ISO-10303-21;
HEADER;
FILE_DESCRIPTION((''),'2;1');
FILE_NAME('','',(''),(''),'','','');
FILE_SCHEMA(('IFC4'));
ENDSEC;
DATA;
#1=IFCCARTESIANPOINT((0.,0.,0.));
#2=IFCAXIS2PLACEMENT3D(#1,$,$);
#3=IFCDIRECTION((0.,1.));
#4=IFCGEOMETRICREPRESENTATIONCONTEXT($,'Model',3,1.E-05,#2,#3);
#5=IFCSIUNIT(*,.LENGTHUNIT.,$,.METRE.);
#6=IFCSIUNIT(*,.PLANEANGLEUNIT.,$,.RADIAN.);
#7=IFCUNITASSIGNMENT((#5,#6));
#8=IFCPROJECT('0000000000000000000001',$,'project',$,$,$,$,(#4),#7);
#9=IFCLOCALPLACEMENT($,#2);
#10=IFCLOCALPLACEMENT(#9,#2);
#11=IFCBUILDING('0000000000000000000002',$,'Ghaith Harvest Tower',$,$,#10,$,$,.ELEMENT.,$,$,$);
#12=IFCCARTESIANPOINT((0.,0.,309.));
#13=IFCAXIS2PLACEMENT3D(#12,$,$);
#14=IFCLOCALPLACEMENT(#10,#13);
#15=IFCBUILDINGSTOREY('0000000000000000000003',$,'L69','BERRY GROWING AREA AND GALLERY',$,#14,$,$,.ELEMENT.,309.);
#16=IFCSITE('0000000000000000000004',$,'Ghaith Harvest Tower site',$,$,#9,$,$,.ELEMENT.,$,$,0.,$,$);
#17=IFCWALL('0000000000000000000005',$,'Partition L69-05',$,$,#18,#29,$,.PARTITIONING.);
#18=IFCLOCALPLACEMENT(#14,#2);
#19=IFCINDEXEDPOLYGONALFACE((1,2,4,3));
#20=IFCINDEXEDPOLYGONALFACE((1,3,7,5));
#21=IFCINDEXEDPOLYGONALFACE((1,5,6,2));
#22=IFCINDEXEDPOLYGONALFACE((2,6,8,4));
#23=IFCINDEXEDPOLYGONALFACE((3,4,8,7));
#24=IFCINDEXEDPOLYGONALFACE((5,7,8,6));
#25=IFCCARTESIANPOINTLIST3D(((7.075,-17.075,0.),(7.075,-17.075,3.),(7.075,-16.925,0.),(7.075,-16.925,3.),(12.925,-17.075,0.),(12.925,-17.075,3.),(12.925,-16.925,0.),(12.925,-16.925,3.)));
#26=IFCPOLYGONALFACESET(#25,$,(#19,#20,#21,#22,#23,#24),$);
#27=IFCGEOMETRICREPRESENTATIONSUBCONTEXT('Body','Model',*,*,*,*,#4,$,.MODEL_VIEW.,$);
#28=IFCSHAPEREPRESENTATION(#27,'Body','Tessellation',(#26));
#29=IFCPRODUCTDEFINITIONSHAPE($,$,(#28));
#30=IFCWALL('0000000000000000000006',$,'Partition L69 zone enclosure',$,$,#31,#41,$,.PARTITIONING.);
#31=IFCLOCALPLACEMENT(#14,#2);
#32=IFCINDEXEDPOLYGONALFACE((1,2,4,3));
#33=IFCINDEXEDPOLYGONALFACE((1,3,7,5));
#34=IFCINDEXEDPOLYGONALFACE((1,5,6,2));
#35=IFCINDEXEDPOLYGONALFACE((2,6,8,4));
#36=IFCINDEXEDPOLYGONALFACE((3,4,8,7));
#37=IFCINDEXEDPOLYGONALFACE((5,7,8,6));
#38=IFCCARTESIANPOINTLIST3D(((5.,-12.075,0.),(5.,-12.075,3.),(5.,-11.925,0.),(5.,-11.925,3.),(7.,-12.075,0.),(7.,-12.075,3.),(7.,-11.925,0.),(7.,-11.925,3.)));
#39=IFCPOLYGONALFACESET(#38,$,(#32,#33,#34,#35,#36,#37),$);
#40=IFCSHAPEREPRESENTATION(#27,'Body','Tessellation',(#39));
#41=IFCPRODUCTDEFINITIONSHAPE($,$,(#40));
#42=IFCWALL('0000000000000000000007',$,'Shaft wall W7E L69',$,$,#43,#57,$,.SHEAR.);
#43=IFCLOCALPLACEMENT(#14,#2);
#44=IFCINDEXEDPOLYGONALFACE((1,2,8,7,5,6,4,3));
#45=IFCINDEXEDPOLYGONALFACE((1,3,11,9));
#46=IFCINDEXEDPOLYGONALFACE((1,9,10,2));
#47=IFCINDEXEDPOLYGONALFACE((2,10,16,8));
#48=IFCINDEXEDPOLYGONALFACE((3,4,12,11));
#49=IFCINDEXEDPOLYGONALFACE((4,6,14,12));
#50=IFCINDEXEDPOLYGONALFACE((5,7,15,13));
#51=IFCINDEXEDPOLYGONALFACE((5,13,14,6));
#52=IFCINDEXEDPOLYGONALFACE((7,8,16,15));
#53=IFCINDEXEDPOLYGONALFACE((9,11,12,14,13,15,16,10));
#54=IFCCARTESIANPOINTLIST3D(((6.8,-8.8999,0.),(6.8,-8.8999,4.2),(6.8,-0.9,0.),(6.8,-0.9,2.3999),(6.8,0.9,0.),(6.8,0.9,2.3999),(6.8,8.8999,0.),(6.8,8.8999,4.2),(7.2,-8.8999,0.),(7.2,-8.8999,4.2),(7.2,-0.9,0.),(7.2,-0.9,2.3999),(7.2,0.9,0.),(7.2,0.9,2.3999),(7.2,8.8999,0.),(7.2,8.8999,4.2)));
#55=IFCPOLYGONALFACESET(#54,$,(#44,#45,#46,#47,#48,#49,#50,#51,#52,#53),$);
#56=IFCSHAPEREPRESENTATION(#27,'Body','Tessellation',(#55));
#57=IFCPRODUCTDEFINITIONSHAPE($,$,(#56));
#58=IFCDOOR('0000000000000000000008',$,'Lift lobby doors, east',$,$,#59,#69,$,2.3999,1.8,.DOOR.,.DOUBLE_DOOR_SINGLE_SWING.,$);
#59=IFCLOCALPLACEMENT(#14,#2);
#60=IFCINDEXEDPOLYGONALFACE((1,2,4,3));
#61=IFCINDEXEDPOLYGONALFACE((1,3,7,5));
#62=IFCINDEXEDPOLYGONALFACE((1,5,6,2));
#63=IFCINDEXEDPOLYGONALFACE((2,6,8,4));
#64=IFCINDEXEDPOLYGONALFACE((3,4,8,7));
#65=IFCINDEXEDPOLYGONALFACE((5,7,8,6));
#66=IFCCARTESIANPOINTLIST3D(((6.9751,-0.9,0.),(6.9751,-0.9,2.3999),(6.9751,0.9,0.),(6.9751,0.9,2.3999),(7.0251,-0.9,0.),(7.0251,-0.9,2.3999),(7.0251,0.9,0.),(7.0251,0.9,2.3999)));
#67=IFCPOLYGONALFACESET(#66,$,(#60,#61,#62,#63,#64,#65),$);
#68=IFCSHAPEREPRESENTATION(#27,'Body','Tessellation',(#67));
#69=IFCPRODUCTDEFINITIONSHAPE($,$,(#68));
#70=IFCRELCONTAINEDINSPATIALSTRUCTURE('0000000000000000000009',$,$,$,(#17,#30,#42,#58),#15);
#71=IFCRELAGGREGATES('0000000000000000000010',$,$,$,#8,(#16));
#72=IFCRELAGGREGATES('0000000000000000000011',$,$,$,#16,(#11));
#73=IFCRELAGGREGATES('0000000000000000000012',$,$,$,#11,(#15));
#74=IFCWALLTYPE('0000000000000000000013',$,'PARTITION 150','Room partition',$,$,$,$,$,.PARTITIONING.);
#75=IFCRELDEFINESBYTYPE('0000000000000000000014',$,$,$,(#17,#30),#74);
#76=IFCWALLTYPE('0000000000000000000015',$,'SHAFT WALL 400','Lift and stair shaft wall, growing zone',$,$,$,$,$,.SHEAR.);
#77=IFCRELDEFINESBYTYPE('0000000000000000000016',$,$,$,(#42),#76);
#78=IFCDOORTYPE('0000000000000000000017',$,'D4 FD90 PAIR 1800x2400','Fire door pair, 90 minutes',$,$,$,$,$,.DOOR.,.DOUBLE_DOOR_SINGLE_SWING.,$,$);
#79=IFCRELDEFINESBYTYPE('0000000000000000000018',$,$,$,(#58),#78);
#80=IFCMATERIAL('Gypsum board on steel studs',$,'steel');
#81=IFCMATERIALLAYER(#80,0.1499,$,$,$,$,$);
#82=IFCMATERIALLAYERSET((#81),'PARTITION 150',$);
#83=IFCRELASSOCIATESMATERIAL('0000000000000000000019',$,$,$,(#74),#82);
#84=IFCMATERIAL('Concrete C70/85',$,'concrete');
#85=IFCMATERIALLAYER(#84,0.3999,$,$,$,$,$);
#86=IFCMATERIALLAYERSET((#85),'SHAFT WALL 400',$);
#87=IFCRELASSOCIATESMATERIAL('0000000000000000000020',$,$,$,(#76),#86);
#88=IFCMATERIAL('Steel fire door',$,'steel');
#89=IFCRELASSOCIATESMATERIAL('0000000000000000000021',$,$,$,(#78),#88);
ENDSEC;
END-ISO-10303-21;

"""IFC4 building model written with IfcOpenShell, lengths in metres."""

from ifc_helpers import new_model, si_unit, direction, frame, frame_2d, origin, place, context, subcontext, project, spatial, rectangle, extrude, material, layer, layer_set, type_object, element, fill, save


model = new_model("IFC4")

# Units and contexts
model_context = context("Model", 3, precision=1e-05, world=origin(), true_north=direction((0.0, 1.0)))
body_context = subcontext(model_context, "Body", "Model", "MODEL_VIEW")
ifc_project = project(units=[si_unit("LENGTHUNIT", "METRE"), si_unit("PLANEANGLEUNIT", "RADIAN")], contexts=[model_context])

# Site, building, storey
site_placement = place(None, origin())
site = spatial("IfcSite", under=ifc_project, at=site_placement, Name="Ghaith Harvest Tower site", CompositionType="ELEMENT", RefElevation=0.0)
building_placement = place(site_placement, origin())
building = spatial("IfcBuilding", under=site, at=building_placement, Name="Ghaith Harvest Tower", CompositionType="ELEMENT")
storey_placement = place(building_placement, frame((0.0, 0.0, 309.0)))
storey = spatial("IfcBuildingStorey", under=building, at=storey_placement, Name="L69", Description="BERRY GROWING AREA AND GALLERY", CompositionType="ELEMENT", Elevation=309.0)

# Shared definitions
ifc_material_1 = material(Name="Gypsum board on steel studs", Category="steel")
ifc_layer_1 = layer(ifc_material_1, 0.1499)
ifc_layer_set_1 = layer_set([ifc_layer_1], Name="PARTITION 150")
wall_type_1 = type_object("IfcWallType", Name="PARTITION 150", Description="Room partition", PredefinedType="PARTITIONING", material=ifc_layer_set_1)

# Walls
wall_1_placement = place(storey_placement, frame((7.075, -17.0, 0.0), z_axis=(0.0, 0.0, 1.0), x_axis=(1.0, 0.0, 0.0)))
element("IfcWall", 1, at=wall_1_placement, inside=storey, type_object=wall_type_1, Name="Partition L69-05", PredefinedType="PARTITIONING", context=body_context, shape_type="SweptSolid", body=[
    extrude(rectangle(XDim=5.8501, YDim=0.1499, at=frame_2d((2.925, 0.0))), origin(), (0.0, 0.0, 1.0), 3.0),
])
wall_2_placement = place(storey_placement, frame((5.0, -12.0, 0.0), z_axis=(0.0, 0.0, 1.0), x_axis=(1.0, 0.0, 0.0)))
element("IfcWall", 2, at=wall_2_placement, inside=storey, type_object=wall_type_1, Name="Partition L69 zone enclosure", PredefinedType="PARTITIONING", context=body_context, shape_type="SweptSolid", body=[
    extrude(rectangle(XDim=2.0, YDim=0.1499, at=frame_2d((1.0, 0.0))), origin(), (0.0, 0.0, 1.0), 3.0),
])

# Wall, opening, door
ifc_material_2 = material(Name="Concrete C70/85", Category="concrete")
ifc_layer_2 = layer(ifc_material_2, 0.3999)
ifc_layer_set_2 = layer_set([ifc_layer_2], Name="SHAFT WALL 400")
wall_type_2 = type_object("IfcWallType", Name="SHAFT WALL 400", Description="Lift and stair shaft wall, growing zone", PredefinedType="SHEAR", material=ifc_layer_set_2)
wall_3_placement = place(storey_placement, frame((7.0, -8.8999, 0.0), z_axis=(0.0, 0.0, 1.0), x_axis=(0.0, 1.0, 0.0)))
wall_3 = element("IfcWall", 3, at=wall_3_placement, inside=storey, type_object=wall_type_2, Name="Shaft wall W7E L69", PredefinedType="SHEAR", context=body_context, shape_type="SweptSolid", body=[
    extrude(rectangle(XDim=17.7998, YDim=0.3999, at=frame_2d((8.8999, 0.0))), origin(), (0.0, 0.0, 1.0), 4.2),
])
opening_1_placement = place(wall_3_placement, frame((8.0, 0.0, 0.0)))
opening_1 = element("IfcOpeningElement", 4, at=opening_1_placement, cuts=wall_3, PredefinedType="OPENING", context=body_context, shape_type="SweptSolid", body=[
    extrude(rectangle(XDim=1.8, YDim=2.3999, at=frame_2d((0.8999, 1.2))), frame((0.0, 0.21, 0.0), z_axis=(0.0, -1.0, 0.0), x_axis=(1.0, 0.0, 0.0)), (0.0, 0.0, 1.0), 0.4199),
])
ifc_material_3 = material(Name="Steel fire door", Category="steel")
door_type_1 = type_object("IfcDoorType", Name="D4 FD90 PAIR 1800x2400", Description="Fire door pair, 90 minutes", OperationType="DOUBLE_DOOR_SINGLE_SWING", PredefinedType="DOOR", material=ifc_material_3)
door_1_placement = place(opening_1_placement, origin())
door_1 = element("IfcDoor", 5, at=door_1_placement, inside=storey, type_object=door_type_1, Name="Lift lobby doors, east", OperationType="DOUBLE_DOOR_SINGLE_SWING", OverallHeight=2.3999, OverallWidth=1.8, PredefinedType="DOOR", context=body_context, shape_type="SweptSolid", body=[
    extrude(rectangle(XDim=1.8, YDim=2.3999, at=frame_2d((0.8999, 1.2))), frame((0.0, 0.0249, 0.0), z_axis=(0.0, -1.0, 0.0), x_axis=(1.0, 0.0, 0.0)), (0.0, 0.0, 1.0), 0.05),
])
fill(opening_1, door_1)

save(model, "model.ifc")
